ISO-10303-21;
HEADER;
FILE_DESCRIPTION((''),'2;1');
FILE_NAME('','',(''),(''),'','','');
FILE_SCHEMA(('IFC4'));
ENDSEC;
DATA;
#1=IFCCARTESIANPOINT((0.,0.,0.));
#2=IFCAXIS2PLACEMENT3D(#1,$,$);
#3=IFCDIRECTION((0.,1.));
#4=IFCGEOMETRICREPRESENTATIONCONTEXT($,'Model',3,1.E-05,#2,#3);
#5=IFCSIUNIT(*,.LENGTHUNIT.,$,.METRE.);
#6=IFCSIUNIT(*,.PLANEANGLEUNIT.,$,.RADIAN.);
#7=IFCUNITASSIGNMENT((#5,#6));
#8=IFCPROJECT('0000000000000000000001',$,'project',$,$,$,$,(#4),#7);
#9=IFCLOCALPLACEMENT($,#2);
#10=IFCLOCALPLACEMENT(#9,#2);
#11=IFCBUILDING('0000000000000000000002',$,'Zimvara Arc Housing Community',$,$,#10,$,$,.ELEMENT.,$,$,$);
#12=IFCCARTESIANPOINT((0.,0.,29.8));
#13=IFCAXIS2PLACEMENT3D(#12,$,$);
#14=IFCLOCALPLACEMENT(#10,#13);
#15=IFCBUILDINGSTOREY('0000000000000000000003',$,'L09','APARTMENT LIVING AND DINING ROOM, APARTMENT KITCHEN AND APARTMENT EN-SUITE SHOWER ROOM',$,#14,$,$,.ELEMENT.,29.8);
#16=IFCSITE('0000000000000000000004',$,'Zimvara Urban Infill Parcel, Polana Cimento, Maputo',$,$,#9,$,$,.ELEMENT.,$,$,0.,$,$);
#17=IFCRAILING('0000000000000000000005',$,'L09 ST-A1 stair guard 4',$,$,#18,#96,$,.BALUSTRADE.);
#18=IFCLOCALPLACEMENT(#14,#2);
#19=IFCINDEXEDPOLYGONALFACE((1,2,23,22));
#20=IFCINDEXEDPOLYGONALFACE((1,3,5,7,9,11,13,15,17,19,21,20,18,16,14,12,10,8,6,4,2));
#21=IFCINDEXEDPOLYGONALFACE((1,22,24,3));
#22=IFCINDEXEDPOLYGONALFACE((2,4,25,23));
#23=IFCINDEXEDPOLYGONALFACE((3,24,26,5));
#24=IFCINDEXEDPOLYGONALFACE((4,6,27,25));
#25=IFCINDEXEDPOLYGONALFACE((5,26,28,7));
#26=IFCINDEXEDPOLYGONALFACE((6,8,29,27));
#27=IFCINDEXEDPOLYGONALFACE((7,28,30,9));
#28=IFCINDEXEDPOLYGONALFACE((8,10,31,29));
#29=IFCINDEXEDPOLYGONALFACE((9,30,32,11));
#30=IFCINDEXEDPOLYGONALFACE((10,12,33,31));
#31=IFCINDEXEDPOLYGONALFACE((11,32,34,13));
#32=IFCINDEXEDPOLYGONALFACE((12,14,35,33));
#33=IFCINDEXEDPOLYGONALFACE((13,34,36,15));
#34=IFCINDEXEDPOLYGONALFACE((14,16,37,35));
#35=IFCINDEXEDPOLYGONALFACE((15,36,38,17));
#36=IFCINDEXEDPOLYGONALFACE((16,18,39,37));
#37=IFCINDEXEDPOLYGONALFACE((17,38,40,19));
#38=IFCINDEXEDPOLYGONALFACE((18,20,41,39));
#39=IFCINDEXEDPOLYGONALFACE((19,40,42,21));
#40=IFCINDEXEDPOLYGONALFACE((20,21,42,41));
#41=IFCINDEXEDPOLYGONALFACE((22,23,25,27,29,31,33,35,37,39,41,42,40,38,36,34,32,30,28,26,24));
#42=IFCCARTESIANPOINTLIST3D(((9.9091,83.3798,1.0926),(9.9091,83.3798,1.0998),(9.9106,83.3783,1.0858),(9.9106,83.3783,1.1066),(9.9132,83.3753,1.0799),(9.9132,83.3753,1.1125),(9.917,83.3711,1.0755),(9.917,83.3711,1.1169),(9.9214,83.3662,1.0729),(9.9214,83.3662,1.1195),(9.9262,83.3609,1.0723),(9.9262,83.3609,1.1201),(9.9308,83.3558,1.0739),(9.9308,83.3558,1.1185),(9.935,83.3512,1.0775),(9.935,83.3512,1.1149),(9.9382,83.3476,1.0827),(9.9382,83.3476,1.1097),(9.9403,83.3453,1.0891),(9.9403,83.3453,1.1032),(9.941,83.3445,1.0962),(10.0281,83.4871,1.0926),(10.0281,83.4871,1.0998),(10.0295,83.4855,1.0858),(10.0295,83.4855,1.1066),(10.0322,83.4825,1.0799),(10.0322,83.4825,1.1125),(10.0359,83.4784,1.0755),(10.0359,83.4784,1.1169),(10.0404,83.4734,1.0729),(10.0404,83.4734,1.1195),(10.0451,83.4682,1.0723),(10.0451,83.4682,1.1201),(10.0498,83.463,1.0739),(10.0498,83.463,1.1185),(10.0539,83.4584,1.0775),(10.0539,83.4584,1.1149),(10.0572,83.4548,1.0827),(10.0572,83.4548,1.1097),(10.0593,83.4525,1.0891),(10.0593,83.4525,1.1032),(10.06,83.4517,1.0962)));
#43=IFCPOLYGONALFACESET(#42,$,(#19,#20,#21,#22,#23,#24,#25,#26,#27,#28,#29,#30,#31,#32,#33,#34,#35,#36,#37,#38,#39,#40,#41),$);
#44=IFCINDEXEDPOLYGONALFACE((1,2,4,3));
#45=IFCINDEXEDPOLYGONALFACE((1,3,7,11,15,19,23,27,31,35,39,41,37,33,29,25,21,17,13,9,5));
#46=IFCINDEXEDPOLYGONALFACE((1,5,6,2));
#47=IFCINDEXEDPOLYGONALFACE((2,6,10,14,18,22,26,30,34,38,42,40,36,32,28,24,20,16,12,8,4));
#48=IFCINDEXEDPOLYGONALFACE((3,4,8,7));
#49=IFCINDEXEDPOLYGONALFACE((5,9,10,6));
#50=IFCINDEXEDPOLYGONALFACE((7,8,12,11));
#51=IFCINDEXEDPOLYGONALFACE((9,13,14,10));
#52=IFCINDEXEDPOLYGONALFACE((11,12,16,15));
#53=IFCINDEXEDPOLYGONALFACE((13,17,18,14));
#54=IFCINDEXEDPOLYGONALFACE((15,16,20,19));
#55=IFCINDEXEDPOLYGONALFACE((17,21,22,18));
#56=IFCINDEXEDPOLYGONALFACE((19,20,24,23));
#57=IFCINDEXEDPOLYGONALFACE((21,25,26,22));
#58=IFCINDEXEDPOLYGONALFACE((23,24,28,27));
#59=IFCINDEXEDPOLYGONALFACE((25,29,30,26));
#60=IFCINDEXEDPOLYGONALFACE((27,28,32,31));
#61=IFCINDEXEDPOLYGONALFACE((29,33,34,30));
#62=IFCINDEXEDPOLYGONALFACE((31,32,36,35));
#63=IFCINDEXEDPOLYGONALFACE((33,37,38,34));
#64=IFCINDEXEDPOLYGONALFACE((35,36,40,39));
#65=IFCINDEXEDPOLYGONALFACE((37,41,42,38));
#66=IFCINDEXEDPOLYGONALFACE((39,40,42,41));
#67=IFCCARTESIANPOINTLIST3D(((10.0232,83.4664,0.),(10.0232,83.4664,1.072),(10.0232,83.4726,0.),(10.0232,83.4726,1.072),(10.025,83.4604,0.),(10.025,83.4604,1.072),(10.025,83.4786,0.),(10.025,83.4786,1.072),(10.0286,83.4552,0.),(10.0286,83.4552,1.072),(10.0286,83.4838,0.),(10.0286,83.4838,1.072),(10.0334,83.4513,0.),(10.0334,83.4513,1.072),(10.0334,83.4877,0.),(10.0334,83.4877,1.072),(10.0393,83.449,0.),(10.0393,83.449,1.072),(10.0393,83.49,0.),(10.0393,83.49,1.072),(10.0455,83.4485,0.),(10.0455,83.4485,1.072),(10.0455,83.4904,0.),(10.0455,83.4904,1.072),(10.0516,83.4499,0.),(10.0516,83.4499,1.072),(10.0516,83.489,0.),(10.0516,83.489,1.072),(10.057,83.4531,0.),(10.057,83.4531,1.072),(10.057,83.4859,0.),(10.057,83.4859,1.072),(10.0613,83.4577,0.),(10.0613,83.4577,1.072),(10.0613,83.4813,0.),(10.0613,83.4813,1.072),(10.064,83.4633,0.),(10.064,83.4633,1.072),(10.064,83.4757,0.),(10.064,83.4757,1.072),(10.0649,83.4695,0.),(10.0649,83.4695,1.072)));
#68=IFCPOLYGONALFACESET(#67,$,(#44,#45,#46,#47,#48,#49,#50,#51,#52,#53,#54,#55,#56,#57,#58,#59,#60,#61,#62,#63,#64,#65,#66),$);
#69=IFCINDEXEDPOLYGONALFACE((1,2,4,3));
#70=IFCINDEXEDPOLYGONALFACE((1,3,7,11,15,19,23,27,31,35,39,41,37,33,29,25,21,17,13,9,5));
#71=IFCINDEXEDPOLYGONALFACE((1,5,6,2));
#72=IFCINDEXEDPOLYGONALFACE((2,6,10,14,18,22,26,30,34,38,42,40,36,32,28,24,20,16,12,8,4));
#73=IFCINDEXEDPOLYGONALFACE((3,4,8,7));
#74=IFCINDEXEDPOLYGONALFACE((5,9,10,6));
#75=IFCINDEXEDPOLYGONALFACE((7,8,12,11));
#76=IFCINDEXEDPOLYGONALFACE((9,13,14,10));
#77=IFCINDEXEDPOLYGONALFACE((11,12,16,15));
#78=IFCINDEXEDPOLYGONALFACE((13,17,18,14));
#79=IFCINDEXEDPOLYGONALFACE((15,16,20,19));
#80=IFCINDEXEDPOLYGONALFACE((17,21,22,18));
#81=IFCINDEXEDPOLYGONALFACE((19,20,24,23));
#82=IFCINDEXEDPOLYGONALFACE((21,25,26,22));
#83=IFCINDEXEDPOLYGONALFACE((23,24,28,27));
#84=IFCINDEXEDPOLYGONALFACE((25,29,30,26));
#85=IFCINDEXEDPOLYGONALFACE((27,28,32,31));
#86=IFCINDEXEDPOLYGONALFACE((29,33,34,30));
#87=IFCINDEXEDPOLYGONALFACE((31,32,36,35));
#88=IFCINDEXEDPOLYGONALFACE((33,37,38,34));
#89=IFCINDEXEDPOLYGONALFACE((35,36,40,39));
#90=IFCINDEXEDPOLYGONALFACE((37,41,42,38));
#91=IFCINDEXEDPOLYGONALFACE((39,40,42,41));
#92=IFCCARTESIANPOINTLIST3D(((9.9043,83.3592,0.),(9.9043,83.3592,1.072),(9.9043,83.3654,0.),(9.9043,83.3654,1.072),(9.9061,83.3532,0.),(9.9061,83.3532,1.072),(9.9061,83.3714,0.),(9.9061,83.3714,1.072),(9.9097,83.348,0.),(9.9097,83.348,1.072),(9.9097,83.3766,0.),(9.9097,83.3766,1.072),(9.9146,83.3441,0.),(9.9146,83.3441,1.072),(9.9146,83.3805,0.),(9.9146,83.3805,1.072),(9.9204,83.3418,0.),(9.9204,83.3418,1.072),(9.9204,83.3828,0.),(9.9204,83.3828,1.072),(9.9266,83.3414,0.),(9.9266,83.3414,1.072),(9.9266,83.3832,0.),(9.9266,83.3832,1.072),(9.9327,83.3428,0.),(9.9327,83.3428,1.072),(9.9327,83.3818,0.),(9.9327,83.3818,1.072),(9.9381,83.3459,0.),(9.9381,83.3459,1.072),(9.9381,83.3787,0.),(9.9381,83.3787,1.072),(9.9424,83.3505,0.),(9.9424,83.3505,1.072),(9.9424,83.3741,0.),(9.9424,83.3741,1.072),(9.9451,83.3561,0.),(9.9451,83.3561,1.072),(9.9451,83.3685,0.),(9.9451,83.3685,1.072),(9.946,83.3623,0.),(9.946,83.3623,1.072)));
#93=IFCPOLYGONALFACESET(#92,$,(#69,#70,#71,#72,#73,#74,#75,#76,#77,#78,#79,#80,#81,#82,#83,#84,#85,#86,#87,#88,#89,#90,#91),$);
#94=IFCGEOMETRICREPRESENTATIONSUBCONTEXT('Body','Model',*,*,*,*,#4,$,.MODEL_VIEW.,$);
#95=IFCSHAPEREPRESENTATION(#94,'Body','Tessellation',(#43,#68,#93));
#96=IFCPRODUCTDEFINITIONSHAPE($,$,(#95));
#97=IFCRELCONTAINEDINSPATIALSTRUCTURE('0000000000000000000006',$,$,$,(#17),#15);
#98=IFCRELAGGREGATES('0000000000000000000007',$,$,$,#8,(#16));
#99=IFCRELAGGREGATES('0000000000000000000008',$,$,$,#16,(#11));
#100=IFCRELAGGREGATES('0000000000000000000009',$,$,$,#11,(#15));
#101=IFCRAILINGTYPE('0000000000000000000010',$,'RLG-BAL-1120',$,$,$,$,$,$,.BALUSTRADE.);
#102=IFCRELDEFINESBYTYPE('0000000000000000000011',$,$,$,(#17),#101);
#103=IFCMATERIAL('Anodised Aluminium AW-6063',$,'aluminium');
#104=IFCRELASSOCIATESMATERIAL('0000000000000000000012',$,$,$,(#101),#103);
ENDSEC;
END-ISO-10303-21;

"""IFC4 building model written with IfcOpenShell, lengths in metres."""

from ifc_helpers import new_model, si_unit, direction, frame, origin, origin_2d, place, context, subcontext, project, spatial, circle, extrude, material, type_object, element, save


model = new_model("IFC4")

# Units and contexts
model_context = context("Model", 3, precision=1e-05, world=origin(), true_north=direction((0.0, 1.0)))
body_context = subcontext(model_context, "Body", "Model", "MODEL_VIEW")
ifc_project = project(units=[si_unit("LENGTHUNIT", "METRE"), si_unit("PLANEANGLEUNIT", "RADIAN")], contexts=[model_context])

# Site, building, storey
site_placement = place(None, origin())
site = spatial("IfcSite", under=ifc_project, at=site_placement, Name="Zimvara Urban Infill Parcel, Polana Cimento, Maputo", CompositionType="ELEMENT", RefElevation=0.0)
building_placement = place(site_placement, origin())
building = spatial("IfcBuilding", under=site, at=building_placement, Name="Zimvara Arc Housing Community", CompositionType="ELEMENT")
storey_placement = place(building_placement, frame((0.0, 0.0, 29.8)))
storey = spatial("IfcBuildingStorey", under=building, at=storey_placement, Name="L09", Description="APARTMENT LIVING AND DINING ROOM, APARTMENT KITCHEN AND APARTMENT EN-SUITE SHOWER ROOM", CompositionType="ELEMENT", Elevation=29.8)

# Railing
ifc_material_1 = material(Name="Anodised Aluminium AW-6063", Category="aluminium")
railing_type_1 = type_object("IfcRailingType", Name="RLG-BAL-1120", PredefinedType="BALUSTRADE", material=ifc_material_1)
railing_1_placement = place(storey_placement, frame((10.0439, 83.4695, 0.0)))
element("IfcRailing", 1, at=railing_1_placement, inside=storey, type_object=railing_type_1, Name="L09 ST-A1 stair guard 4", PredefinedType="BALUSTRADE", context=body_context, shape_type="SweptSolid", body=[
    extrude(circle(Radius=0.0239, at=origin_2d()), frame((0.0, 0.0, 1.0962), z_axis=(-0.742763, -0.669554, 0.0), x_axis=(0.669554, -0.742763, 0.0)), (0.0, 0.0, 1.0), 0.1602),
    extrude(circle(Radius=0.021, at=origin_2d()), origin(), (0.0, 0.0, 1.0), 1.072),
    extrude(circle(Radius=0.021, at=origin_2d()), frame((-0.1189, -0.1072, 0.0)), (0.0, 0.0, 1.0), 1.072),
])

save(model, "model.ifc")
